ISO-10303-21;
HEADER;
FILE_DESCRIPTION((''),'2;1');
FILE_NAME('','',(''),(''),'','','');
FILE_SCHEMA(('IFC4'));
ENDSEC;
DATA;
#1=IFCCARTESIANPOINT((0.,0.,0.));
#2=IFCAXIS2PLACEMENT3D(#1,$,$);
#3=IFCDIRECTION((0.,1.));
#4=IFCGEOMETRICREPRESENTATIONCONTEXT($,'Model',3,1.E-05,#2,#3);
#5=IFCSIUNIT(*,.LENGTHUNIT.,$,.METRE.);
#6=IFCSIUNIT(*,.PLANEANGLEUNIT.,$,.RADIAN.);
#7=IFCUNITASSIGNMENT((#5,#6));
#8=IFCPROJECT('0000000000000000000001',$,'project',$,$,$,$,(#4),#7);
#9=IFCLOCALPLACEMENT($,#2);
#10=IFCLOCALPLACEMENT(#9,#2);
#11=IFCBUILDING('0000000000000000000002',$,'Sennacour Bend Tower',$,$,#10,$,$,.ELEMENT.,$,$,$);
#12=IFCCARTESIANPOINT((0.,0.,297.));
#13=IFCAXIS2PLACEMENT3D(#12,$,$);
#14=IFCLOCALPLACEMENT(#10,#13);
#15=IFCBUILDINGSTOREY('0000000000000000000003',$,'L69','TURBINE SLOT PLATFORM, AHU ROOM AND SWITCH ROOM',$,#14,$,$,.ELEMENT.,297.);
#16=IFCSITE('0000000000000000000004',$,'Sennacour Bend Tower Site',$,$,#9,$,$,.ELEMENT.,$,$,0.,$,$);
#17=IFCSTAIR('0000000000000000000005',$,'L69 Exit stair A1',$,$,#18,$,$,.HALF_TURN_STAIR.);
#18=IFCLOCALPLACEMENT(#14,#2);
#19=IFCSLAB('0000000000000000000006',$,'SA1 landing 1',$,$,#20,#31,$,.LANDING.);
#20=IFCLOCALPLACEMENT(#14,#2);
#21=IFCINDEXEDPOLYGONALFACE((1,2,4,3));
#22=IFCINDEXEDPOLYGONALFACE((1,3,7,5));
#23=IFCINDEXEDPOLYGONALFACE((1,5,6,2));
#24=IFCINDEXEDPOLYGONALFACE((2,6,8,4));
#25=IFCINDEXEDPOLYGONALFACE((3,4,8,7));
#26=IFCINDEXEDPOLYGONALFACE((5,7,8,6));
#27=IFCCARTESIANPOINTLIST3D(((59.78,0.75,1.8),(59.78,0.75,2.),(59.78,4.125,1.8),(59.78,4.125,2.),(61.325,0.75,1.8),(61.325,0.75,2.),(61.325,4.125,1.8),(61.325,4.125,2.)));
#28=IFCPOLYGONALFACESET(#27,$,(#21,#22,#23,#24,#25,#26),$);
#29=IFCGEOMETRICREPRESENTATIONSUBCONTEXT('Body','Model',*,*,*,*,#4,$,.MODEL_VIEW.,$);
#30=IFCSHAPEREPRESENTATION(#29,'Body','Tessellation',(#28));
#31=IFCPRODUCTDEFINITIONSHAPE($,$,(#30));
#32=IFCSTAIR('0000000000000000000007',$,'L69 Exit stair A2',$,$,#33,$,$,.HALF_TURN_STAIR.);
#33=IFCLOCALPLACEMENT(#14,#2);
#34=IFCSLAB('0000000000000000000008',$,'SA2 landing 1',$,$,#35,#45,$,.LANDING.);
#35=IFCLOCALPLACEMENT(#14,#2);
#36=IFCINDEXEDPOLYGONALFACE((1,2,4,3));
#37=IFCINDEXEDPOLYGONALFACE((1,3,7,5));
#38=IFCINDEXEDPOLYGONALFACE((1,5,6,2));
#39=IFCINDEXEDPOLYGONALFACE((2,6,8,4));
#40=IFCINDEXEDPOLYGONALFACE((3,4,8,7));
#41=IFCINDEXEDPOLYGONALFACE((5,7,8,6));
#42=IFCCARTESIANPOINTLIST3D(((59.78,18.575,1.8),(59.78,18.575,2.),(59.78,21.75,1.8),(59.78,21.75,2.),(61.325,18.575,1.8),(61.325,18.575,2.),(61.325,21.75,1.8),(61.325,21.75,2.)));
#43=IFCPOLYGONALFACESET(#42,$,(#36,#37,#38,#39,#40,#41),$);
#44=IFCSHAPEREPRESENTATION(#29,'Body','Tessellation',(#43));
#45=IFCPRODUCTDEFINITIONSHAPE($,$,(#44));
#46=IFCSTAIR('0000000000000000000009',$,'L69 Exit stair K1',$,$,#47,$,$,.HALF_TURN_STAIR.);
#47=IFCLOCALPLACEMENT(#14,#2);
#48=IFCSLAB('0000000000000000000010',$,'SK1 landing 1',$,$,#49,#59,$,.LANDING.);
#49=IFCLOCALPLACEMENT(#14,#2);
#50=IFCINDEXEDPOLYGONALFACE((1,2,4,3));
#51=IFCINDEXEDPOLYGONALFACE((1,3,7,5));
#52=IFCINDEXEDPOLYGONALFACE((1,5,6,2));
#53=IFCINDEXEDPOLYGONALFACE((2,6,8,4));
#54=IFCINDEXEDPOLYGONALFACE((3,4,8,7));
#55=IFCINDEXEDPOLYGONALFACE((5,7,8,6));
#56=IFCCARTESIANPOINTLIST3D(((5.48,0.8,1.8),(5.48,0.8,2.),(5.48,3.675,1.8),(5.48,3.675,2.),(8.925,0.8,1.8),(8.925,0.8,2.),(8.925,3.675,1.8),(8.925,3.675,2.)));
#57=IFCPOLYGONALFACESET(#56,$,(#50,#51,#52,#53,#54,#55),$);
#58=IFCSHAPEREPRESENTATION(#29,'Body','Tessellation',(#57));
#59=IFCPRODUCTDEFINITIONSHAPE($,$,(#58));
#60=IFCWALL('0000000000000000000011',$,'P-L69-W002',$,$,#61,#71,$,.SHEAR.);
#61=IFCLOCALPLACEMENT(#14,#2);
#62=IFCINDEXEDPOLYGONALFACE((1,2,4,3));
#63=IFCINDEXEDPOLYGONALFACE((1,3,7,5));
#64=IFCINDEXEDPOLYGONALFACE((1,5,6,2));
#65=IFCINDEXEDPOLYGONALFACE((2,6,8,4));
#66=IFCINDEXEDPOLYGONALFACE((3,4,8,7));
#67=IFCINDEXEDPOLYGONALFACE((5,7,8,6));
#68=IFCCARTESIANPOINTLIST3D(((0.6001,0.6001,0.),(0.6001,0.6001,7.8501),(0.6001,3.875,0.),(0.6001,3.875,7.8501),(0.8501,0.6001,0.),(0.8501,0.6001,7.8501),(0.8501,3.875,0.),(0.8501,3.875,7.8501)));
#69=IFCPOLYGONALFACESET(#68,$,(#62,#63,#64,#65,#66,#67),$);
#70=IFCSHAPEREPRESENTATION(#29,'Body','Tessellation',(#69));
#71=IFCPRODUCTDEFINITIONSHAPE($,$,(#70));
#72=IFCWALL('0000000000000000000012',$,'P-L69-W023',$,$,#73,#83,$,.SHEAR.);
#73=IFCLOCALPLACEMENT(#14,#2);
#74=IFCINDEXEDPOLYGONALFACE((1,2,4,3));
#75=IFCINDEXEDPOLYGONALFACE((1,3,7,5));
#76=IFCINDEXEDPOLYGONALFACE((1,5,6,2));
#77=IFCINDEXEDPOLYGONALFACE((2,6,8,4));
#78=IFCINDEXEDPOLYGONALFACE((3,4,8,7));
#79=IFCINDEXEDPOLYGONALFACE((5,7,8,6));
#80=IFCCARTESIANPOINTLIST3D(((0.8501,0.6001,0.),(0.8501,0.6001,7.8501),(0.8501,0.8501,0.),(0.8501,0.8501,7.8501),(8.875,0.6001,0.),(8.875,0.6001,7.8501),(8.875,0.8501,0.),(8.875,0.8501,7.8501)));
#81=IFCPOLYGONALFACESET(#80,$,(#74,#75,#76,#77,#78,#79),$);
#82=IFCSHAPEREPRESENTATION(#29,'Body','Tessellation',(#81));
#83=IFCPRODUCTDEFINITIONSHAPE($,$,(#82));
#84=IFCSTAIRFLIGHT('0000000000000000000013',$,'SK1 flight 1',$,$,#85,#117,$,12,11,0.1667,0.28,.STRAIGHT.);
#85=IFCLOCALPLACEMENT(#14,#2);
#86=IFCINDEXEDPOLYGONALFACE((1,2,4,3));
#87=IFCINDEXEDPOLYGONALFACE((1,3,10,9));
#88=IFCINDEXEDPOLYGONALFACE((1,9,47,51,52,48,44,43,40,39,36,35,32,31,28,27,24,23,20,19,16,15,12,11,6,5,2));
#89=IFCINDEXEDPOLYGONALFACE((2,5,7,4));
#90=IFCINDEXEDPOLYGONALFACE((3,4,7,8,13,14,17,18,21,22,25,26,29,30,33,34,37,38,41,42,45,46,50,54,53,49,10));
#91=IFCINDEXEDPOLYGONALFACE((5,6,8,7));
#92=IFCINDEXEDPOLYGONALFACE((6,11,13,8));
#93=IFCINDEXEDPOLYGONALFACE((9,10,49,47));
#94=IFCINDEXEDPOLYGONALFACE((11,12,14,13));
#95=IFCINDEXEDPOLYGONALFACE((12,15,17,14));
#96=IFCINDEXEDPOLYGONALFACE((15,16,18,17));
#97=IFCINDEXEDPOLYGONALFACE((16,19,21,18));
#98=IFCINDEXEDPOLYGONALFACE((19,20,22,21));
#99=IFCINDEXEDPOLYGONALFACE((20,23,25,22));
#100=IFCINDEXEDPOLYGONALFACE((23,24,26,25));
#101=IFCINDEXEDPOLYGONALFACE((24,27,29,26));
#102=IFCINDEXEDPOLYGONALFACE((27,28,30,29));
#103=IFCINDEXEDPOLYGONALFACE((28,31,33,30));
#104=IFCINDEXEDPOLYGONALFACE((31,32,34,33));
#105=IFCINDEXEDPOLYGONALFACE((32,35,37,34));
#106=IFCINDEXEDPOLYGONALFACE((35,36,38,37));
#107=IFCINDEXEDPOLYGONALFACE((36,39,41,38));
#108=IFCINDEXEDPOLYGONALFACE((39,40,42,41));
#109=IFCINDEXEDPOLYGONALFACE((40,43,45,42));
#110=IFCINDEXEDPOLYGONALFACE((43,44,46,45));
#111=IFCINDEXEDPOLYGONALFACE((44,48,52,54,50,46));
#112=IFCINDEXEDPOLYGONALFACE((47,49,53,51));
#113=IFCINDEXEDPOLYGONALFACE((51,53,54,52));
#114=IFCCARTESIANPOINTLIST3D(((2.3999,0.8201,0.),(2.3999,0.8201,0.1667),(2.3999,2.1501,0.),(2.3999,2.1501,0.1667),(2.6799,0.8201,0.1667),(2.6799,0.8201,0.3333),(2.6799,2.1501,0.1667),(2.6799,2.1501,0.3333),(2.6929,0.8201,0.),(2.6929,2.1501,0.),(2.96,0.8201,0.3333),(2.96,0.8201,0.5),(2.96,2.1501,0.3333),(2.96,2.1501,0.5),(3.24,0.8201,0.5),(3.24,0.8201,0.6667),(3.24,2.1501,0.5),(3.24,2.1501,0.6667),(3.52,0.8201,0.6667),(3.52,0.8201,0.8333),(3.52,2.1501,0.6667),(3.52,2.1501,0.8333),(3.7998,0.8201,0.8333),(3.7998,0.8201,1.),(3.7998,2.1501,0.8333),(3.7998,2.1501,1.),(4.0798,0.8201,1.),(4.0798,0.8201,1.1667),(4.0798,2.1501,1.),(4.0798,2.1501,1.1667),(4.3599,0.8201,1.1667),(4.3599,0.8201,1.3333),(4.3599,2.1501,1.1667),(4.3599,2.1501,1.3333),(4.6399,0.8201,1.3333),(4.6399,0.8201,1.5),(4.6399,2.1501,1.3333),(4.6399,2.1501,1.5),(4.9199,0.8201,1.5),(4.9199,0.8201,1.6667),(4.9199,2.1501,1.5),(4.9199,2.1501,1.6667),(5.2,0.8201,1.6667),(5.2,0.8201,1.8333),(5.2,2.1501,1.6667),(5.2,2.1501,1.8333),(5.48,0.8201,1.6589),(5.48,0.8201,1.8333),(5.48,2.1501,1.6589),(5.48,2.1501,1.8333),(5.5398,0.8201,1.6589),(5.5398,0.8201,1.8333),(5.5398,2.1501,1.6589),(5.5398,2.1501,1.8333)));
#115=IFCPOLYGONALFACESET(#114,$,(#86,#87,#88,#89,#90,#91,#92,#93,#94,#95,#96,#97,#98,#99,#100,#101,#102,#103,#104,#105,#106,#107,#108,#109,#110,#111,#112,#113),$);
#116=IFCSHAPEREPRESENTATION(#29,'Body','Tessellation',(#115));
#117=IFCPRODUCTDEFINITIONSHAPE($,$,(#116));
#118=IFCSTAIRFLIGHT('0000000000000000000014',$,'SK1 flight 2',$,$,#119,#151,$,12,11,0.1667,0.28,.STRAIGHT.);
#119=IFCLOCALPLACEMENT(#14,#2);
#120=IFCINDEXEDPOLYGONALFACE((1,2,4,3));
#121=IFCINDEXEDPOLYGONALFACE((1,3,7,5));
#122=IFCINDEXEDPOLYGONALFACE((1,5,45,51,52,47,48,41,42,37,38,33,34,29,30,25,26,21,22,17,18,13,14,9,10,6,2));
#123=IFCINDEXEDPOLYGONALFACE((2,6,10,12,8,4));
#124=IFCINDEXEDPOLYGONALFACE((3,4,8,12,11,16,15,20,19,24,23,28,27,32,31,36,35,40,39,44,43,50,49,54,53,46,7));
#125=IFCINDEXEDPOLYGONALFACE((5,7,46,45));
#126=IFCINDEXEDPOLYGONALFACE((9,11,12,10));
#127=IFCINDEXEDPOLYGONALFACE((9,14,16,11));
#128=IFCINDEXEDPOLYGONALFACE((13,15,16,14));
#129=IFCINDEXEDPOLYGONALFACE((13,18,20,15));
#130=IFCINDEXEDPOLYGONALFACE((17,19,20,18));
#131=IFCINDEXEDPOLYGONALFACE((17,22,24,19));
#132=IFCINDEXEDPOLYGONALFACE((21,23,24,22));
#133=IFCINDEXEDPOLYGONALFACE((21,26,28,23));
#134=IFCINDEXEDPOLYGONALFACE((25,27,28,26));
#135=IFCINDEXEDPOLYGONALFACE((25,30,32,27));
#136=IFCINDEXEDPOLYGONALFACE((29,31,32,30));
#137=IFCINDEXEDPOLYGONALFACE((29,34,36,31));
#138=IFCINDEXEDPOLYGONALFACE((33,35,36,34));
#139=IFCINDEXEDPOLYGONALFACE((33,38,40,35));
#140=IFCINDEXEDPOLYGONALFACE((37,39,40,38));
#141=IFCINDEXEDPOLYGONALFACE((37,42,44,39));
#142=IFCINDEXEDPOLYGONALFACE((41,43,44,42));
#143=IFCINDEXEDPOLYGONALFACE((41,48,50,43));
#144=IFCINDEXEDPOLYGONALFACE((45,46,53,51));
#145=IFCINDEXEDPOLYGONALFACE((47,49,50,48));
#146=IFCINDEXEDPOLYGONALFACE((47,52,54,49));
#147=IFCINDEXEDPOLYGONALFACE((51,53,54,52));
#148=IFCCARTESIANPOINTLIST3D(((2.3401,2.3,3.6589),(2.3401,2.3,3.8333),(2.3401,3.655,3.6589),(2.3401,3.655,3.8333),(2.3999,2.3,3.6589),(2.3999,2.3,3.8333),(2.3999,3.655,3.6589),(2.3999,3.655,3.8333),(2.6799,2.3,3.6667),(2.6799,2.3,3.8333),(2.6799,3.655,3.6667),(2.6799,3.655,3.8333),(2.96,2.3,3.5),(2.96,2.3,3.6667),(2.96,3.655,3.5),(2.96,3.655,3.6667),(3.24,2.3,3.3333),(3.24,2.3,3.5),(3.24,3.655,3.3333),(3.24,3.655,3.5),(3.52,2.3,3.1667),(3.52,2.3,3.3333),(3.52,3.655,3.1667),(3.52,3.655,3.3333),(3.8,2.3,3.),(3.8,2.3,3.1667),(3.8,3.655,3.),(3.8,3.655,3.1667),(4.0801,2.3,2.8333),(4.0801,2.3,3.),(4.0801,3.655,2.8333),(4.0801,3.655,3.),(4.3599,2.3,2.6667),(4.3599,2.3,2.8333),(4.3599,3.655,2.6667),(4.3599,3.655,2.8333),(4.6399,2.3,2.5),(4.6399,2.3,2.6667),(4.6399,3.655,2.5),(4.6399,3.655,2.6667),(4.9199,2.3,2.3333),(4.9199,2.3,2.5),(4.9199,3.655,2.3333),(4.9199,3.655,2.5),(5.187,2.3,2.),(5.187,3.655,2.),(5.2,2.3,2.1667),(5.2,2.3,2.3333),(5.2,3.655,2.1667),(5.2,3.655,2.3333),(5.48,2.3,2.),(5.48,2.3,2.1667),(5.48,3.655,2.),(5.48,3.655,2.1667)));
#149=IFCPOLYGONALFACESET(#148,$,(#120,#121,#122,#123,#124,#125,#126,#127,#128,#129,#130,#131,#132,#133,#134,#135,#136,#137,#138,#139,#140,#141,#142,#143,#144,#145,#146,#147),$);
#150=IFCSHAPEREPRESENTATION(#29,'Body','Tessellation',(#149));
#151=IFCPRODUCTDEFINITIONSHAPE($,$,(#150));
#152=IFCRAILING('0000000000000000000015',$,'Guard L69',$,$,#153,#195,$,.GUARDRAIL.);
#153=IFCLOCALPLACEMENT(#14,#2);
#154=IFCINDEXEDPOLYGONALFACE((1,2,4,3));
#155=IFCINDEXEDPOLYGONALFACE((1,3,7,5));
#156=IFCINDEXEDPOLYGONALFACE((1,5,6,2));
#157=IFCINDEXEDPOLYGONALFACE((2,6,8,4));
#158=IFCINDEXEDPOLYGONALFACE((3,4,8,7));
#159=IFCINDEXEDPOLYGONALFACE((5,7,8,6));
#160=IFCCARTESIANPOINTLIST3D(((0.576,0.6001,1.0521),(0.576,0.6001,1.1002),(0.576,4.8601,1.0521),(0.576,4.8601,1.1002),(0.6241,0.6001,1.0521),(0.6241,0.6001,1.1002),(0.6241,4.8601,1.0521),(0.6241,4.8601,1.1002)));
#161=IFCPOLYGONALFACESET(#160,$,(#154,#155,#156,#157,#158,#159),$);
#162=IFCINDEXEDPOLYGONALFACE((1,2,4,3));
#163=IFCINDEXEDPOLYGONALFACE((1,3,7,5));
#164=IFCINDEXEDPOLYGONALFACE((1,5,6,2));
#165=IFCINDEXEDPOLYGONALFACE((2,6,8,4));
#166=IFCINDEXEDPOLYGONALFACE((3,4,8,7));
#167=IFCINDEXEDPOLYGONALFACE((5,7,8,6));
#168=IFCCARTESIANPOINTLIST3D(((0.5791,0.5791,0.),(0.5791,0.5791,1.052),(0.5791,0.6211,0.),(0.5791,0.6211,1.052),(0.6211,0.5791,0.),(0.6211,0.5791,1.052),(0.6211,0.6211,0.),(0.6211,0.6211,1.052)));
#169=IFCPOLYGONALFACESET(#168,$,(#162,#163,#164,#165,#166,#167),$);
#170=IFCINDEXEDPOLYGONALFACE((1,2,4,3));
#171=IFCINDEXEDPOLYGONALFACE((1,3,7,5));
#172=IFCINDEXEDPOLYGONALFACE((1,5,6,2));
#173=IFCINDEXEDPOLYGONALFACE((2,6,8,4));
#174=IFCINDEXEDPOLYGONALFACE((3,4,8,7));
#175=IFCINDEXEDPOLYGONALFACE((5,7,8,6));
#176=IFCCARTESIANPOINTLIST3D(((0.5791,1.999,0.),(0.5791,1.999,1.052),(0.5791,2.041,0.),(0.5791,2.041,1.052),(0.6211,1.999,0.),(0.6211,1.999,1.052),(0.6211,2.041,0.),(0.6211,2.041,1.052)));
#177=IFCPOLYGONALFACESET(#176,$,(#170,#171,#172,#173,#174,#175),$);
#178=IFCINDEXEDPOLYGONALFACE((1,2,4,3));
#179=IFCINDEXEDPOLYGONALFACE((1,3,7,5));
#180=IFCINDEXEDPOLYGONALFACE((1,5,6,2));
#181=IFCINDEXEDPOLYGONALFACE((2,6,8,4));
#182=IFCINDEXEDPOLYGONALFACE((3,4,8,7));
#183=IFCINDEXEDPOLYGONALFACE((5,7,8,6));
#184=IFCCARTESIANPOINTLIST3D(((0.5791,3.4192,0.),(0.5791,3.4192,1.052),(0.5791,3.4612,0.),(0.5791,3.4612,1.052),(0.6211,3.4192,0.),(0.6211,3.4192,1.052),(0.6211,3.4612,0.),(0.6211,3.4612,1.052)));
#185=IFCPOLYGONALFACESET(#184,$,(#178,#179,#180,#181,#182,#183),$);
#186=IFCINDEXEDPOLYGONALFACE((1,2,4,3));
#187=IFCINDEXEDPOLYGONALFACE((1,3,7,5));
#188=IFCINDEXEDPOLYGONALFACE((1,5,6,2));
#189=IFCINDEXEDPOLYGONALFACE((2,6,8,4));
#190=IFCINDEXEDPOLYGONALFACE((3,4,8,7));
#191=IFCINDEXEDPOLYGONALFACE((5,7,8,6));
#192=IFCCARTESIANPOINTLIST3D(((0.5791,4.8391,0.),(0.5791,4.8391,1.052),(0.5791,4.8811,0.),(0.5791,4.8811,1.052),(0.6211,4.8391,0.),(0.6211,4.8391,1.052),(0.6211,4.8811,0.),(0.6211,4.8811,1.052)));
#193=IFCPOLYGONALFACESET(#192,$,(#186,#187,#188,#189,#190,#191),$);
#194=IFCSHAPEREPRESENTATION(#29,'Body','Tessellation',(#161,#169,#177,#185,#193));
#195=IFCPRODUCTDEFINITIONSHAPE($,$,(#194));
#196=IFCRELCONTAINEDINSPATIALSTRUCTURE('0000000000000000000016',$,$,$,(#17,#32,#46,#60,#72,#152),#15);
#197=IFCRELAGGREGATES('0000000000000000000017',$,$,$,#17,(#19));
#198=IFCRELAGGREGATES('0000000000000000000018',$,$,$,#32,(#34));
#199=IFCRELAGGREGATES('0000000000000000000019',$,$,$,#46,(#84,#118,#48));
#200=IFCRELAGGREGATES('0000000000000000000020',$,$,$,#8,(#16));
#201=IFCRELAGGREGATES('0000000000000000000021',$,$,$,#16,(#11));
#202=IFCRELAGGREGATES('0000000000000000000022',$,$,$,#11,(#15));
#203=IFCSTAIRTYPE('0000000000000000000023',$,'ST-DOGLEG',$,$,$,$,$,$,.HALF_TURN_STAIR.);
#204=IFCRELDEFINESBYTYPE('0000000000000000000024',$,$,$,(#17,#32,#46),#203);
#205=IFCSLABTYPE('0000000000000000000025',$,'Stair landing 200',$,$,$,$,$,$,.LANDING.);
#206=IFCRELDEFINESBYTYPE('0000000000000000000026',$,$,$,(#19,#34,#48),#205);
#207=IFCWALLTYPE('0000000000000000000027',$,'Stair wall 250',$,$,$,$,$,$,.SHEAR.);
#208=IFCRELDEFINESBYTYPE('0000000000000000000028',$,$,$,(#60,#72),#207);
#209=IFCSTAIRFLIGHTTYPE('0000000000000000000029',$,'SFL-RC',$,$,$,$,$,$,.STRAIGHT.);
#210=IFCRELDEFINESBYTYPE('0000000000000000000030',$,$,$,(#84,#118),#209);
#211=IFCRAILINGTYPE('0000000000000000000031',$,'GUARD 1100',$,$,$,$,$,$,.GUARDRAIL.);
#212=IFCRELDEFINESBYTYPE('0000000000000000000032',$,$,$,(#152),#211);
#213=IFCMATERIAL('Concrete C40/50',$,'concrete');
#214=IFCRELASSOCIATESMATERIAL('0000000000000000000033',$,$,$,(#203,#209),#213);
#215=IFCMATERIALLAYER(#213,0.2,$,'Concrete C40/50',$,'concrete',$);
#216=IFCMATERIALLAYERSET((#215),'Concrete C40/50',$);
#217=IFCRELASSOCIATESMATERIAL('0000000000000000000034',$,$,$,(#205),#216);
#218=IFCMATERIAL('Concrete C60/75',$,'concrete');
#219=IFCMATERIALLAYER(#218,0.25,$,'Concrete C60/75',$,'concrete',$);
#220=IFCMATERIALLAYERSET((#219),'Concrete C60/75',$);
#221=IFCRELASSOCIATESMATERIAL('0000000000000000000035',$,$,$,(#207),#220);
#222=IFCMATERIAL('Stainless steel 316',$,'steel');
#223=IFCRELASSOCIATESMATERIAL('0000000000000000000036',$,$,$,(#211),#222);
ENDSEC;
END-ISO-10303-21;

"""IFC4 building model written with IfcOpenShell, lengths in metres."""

from ifc_helpers import new_model, si_unit, direction, frame, frame_2d, origin, origin_2d, place, context, subcontext, project, spatial, polyline, rectangle, outline, extrude, material, layer, layer_set, type_object, element, aggregate, save


model = new_model("IFC4")

# Units and contexts
model_context = context("Model", 3, precision=1e-05, world=origin(), true_north=direction((0.0, 1.0)))
body_context = subcontext(model_context, "Body", "Model", "MODEL_VIEW")
ifc_project = project(units=[si_unit("LENGTHUNIT", "METRE"), si_unit("PLANEANGLEUNIT", "RADIAN")], contexts=[model_context])

# Site, building, storey
site_placement = place(None, origin())
site = spatial("IfcSite", under=ifc_project, at=site_placement, Name="Sennacour Bend Tower Site", CompositionType="ELEMENT", RefElevation=0.0)
building_placement = place(site_placement, origin())
building = spatial("IfcBuilding", under=site, at=building_placement, Name="Sennacour Bend Tower", CompositionType="ELEMENT")
storey_placement = place(building_placement, frame((0.0, 0.0, 297.0)))
storey = spatial("IfcBuildingStorey", under=building, at=storey_placement, Name="L69", Description="TURBINE SLOT PLATFORM, AHU ROOM AND SWITCH ROOM", CompositionType="ELEMENT", Elevation=297.0)

# Stairs, slabs
ifc_material_1 = material(Name="Concrete C40/50", Category="concrete")
stair_type = type_object("IfcStairType", Name="ST-DOGLEG", PredefinedType="HALF_TURN_STAIR", material=ifc_material_1)
stair_1_placement = place(storey_placement, origin())
stair_1 = element("IfcStair", 1, at=stair_1_placement, inside=storey, type_object=stair_type, Name="L69 Exit stair A1", PredefinedType="HALF_TURN_STAIR")
ifc_layer_1 = layer(ifc_material_1, 0.2, Name="Concrete C40/50", Category="concrete")
ifc_layer_set_1 = layer_set([ifc_layer_1], Name="Concrete C40/50")
slab_type_1 = type_object("IfcSlabType", Name="Stair landing 200", PredefinedType="LANDING", material=ifc_layer_set_1)
slab_1_placement = place(storey_placement, frame((0.0, 0.0, 1.8)))
slab_1 = element("IfcSlab", 2, at=slab_1_placement, type_object=slab_type_1, Name="SA1 landing 1", PredefinedType="LANDING", context=body_context, shape_type="SweptSolid", body=[
    extrude(outline(polyline([(59.78, 0.75), (61.325, 0.75), (61.325, 4.125), (59.78, 4.125), (59.78, 0.75)])), origin(), (0.0, 0.0, 1.0), 0.2),
])
aggregate(stair_1, [slab_1])
stair_2_placement = place(storey_placement, origin())
stair_2 = element("IfcStair", 3, at=stair_2_placement, inside=storey, type_object=stair_type, Name="L69 Exit stair A2", PredefinedType="HALF_TURN_STAIR")
slab_2_placement = place(storey_placement, frame((0.0, 0.0, 1.8)))
slab_2 = element("IfcSlab", 4, at=slab_2_placement, type_object=slab_type_1, Name="SA2 landing 1", PredefinedType="LANDING", context=body_context, shape_type="SweptSolid", body=[
    extrude(outline(polyline([(59.78, 18.575), (61.325, 18.575), (61.325, 21.75), (59.78, 21.75), (59.78, 18.575)])), origin(), (0.0, 0.0, 1.0), 0.2),
])
aggregate(stair_2, [slab_2])
stair_3_placement = place(storey_placement, origin())
stair_3 = element("IfcStair", 5, at=stair_3_placement, inside=storey, type_object=stair_type, Name="L69 Exit stair K1", PredefinedType="HALF_TURN_STAIR")
slab_3_placement = place(storey_placement, frame((0.0, 0.0, 1.8)))
slab_3 = element("IfcSlab", 6, at=slab_3_placement, type_object=slab_type_1, Name="SK1 landing 1", PredefinedType="LANDING", context=body_context, shape_type="SweptSolid", body=[
    extrude(outline(polyline([(5.48, 0.8), (8.925, 0.8), (8.925, 3.675), (5.48, 3.675), (5.48, 0.8)])), origin(), (0.0, 0.0, 1.0), 0.2),
])

# Walls
ifc_material_2 = material(Name="Concrete C60/75", Category="concrete")
ifc_layer_2 = layer(ifc_material_2, 0.25, Name="Concrete C60/75", Category="concrete")
ifc_layer_set_2 = layer_set([ifc_layer_2], Name="Concrete C60/75")
wall_type = type_object("IfcWallType", Name="Stair wall 250", PredefinedType="SHEAR", material=ifc_layer_set_2)
wall_1_placement = place(storey_placement, frame((0.7251, 0.6001, 0.0), z_axis=(0.0, 0.0, 1.0), x_axis=(0.0, 1.0, 0.0)))
element("IfcWall", 7, at=wall_1_placement, inside=storey, type_object=wall_type, Name="P-L69-W002", PredefinedType="SHEAR", context=body_context, shape_type="SweptSolid", body=[
    extrude(rectangle(XDim=3.2749, YDim=0.25, at=frame_2d((1.6375, 0.0))), origin(), (0.0, 0.0, 1.0), 7.8501),
])
wall_2_placement = place(storey_placement, frame((0.8501, 0.7251, 0.0), z_axis=(0.0, 0.0, 1.0), x_axis=(1.0, 0.0, 0.0)))
element("IfcWall", 8, at=wall_2_placement, inside=storey, type_object=wall_type, Name="P-L69-W023", PredefinedType="SHEAR", context=body_context, shape_type="SweptSolid", body=[
    extrude(rectangle(XDim=8.0249, YDim=0.25, at=frame_2d((4.0125, 0.0))), origin(), (0.0, 0.0, 1.0), 7.8501),
])

# Stair flights
stair_flight_type = type_object("IfcStairFlightType", Name="SFL-RC", PredefinedType="STRAIGHT", material=ifc_material_1)
stair_flight_1_placement = place(storey_placement, frame((2.3999, 1.4851, 0.0), z_axis=(0.0, 0.0, 1.0), x_axis=(1.0, 0.0, 0.0)))
stair_flight_1 = element("IfcStairFlight", 9, at=stair_flight_1_placement, type_object=stair_flight_type, Name="SK1 flight 1", NumberOfRisers=12, NumberOfTreads=11, PredefinedType="STRAIGHT", RiserHeight=0.1667, TreadLength=0.28, context=body_context, shape_type="SweptSolid", body=[
    extrude(outline(polyline([(0.0, 0.0), (0.0, 0.1667), (0.28, 0.1667), (0.28, 0.3333), (0.5601, 0.3333), (0.5601, 0.5), (0.8401, 0.5), (0.8401, 0.6667), (1.1201, 0.6667), (1.1201, 0.8333), (1.3999, 0.8333), (1.3999, 1.0), (1.6799, 1.0), (1.6799, 1.1667), (1.96, 1.1667), (1.96, 1.3333), (2.24, 1.3333), (2.24, 1.5), (2.52, 1.5), (2.52, 1.6667), (2.8, 1.6667), (2.8, 1.8333), (3.0801, 1.8333), (3.1399, 1.8333), (3.1399, 1.6589), (3.0801, 1.6589), (0.293, 0.0), (0.0, 0.0)])), frame((0.0, 0.665, 0.0), z_axis=(0.0, -1.0, 0.0), x_axis=(1.0, 0.0, 0.0)), (0.0, 0.0, 1.0), 1.3301),
])
stair_flight_2_placement = place(storey_placement, frame((5.48, 2.9775, 2.0), z_axis=(0.0, 0.0, 1.0), x_axis=(-1.0, 0.0, 0.0)))
stair_flight_2 = element("IfcStairFlight", 10, at=stair_flight_2_placement, type_object=stair_flight_type, Name="SK1 flight 2", NumberOfRisers=12, NumberOfTreads=11, PredefinedType="STRAIGHT", RiserHeight=0.1667, TreadLength=0.28, context=body_context, shape_type="SweptSolid", body=[
    extrude(outline(polyline([(0.0, 0.0), (0.0, 0.1667), (0.28, 0.1667), (0.28, 0.3333), (0.5601, 0.3333), (0.5601, 0.5), (0.8401, 0.5), (0.8401, 0.6667), (1.1201, 0.6667), (1.1201, 0.8333), (1.3999, 0.8333), (1.3999, 1.0), (1.6799, 1.0), (1.6799, 1.1667), (1.96, 1.1667), (1.96, 1.3333), (2.24, 1.3333), (2.24, 1.5), (2.52, 1.5), (2.52, 1.6667), (2.8, 1.6667), (2.8, 1.8333), (3.0801, 1.8333), (3.1399, 1.8333), (3.1399, 1.6589), (3.0801, 1.6589), (0.293, 0.0), (0.0, 0.0)])), frame((0.0, 0.6775, 0.0), z_axis=(0.0, -1.0, 0.0), x_axis=(1.0, 0.0, 0.0)), (0.0, 0.0, 1.0), 1.355),
])
aggregate(stair_3, [stair_flight_1, stair_flight_2, slab_3])

# Railing
ifc_material_3 = material(Name="Stainless steel 316", Category="steel")
railing_type_1 = type_object("IfcRailingType", Name="GUARD 1100", PredefinedType="GUARDRAIL", material=ifc_material_3)
railing_1_placement = place(storey_placement, frame((0.6001, 0.6001, 0.0)))
element("IfcRailing", 11, at=railing_1_placement, inside=storey, type_object=railing_type_1, Name="Guard L69", PredefinedType="GUARDRAIL", context=body_context, shape_type="SweptSolid", body=[
    extrude(rectangle(XDim=0.0481, YDim=0.0481, at=origin_2d()), frame((0.0, 0.0, 1.0762), z_axis=(0.0, 1.0, 0.0), x_axis=(-1.0, 0.0, 0.0)), (0.0, 0.0, 1.0), 4.26),
    extrude(rectangle(XDim=0.042, YDim=0.042, at=origin_2d()), origin(), (0.0, 0.0, 1.0), 1.052),
    extrude(rectangle(XDim=0.042, YDim=0.042, at=origin_2d()), frame((0.0, 1.4199, 0.0)), (0.0, 0.0, 1.0), 1.052),
    extrude(rectangle(XDim=0.042, YDim=0.042, at=origin_2d()), frame((0.0, 2.8401, 0.0)), (0.0, 0.0, 1.0), 1.052),
    extrude(rectangle(XDim=0.042, YDim=0.042, at=origin_2d()), frame((0.0, 4.26, 0.0)), (0.0, 0.0, 1.0), 1.052),
])

save(model, "model.ifc")
